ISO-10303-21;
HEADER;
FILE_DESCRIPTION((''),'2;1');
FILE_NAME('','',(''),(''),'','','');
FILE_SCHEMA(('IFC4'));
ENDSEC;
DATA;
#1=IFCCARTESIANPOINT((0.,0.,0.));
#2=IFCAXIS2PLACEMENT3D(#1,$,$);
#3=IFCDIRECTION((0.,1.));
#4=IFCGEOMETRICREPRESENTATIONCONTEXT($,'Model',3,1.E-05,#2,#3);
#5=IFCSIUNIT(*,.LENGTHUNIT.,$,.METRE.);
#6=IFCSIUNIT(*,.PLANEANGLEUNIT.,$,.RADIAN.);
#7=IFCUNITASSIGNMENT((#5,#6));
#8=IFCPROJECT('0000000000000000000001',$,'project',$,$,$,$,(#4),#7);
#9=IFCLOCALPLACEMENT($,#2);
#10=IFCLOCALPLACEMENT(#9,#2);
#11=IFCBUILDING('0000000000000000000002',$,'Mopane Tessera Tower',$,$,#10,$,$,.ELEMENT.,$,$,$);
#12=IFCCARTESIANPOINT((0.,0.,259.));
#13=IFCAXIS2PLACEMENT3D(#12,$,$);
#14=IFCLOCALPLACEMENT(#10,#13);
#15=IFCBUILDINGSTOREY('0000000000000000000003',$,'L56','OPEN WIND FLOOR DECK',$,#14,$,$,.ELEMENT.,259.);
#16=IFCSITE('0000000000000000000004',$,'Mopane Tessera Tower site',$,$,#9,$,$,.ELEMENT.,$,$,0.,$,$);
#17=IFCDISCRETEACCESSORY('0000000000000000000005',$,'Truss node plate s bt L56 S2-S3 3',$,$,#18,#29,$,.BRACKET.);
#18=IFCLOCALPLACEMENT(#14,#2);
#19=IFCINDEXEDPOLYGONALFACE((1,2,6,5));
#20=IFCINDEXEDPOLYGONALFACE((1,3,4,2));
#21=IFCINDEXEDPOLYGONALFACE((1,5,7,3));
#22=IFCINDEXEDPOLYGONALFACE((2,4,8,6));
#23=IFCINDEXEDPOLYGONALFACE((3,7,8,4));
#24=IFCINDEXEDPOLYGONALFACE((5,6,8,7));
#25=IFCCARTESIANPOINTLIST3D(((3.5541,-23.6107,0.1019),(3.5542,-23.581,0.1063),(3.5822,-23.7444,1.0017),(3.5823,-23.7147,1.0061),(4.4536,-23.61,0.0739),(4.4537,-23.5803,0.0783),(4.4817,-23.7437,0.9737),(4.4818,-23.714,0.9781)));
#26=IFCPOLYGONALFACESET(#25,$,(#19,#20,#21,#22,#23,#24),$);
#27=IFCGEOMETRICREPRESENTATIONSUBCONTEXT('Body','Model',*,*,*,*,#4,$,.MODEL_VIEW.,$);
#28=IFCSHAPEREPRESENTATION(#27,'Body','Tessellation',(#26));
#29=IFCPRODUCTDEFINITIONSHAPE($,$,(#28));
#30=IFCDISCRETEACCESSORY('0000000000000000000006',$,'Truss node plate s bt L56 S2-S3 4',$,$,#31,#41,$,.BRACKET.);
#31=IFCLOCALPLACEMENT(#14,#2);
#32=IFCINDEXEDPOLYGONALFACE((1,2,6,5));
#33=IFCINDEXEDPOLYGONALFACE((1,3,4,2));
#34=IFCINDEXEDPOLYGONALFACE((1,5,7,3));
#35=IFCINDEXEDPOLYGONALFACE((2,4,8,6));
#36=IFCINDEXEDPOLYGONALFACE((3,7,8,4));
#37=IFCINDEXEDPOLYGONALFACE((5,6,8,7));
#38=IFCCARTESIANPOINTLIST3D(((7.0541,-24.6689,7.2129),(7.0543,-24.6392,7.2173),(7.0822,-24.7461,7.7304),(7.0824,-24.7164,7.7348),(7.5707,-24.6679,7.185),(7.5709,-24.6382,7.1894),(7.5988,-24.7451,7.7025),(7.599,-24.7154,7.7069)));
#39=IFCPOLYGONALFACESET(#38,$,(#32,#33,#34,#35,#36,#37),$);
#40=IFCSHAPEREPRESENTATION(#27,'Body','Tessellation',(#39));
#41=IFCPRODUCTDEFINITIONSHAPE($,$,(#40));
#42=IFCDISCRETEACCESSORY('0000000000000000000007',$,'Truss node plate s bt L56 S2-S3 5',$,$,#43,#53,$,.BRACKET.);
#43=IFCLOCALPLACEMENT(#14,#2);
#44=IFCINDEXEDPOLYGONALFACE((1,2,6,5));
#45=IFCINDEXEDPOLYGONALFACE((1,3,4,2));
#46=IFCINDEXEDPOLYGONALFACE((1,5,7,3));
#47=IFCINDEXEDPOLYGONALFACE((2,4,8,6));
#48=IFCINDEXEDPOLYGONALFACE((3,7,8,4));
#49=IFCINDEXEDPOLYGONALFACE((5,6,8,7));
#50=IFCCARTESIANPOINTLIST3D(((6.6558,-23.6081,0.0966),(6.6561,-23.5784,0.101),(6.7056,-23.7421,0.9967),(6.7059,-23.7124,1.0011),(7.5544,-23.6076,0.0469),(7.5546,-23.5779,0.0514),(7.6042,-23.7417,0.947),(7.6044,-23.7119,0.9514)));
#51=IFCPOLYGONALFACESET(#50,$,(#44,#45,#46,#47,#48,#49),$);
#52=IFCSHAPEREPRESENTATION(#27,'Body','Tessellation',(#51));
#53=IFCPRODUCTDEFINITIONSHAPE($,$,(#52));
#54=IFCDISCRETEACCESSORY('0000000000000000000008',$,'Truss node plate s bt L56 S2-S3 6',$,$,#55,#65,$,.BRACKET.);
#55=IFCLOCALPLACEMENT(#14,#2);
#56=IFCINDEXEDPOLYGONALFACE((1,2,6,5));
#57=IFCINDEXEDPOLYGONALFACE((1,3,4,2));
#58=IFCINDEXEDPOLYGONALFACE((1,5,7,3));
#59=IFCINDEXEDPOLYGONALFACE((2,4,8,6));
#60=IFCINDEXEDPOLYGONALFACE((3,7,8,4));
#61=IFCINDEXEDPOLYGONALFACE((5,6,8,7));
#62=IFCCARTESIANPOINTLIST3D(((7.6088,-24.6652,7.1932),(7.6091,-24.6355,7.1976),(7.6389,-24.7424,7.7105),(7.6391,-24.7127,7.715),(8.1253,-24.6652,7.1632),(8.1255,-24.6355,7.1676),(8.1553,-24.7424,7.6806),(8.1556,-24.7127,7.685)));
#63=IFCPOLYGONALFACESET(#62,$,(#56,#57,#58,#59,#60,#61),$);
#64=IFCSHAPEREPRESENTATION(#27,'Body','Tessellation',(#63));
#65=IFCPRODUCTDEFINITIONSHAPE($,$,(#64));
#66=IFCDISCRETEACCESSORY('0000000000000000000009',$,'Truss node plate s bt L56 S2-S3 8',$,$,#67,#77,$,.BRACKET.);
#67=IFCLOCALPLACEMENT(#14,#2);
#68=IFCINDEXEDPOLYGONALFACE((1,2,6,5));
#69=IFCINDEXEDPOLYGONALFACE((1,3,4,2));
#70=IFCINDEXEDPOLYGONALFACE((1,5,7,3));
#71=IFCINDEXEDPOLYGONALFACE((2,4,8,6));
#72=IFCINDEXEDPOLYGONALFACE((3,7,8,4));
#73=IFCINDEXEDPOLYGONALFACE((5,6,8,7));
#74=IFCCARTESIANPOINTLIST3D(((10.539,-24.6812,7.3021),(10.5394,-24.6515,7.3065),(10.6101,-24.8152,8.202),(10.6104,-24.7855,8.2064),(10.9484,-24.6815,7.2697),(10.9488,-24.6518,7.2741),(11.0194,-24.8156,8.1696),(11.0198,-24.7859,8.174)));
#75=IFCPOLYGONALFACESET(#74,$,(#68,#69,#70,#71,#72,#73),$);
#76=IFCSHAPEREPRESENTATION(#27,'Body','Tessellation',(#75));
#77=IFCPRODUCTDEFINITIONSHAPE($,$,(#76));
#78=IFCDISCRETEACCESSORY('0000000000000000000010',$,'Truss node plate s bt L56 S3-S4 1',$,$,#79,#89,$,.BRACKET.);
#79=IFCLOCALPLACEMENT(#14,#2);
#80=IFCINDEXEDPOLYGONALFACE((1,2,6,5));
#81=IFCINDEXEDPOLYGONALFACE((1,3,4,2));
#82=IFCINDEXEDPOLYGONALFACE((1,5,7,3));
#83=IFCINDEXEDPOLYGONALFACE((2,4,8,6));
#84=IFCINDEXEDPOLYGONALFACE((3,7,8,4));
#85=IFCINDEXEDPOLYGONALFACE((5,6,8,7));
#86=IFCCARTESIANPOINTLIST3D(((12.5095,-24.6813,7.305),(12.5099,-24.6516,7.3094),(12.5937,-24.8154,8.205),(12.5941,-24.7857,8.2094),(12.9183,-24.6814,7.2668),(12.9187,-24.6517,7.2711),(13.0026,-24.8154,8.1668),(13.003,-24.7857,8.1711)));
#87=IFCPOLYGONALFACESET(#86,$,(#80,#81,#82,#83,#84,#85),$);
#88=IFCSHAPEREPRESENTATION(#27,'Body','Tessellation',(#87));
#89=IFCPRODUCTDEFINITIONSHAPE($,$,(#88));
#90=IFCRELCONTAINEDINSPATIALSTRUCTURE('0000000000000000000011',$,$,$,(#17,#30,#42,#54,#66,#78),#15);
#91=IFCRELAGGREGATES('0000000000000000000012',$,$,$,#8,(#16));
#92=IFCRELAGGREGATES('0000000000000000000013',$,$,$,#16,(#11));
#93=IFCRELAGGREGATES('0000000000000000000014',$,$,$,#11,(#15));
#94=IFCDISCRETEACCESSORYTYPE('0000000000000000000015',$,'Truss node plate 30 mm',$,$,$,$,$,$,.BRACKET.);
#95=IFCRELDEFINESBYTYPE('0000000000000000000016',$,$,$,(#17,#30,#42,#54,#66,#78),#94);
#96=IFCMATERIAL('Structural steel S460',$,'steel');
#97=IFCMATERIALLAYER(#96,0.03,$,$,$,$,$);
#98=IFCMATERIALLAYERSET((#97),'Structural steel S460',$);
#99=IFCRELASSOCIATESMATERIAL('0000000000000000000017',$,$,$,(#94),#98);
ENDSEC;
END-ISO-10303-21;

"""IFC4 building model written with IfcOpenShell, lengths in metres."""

from ifc_helpers import new_model, si_unit, direction, frame, origin, origin_2d, place, context, subcontext, project, spatial, rectangle, extrude, material, layer, layer_set, type_object, element, save


model = new_model("IFC4")

# Units and contexts
model_context = context("Model", 3, precision=1e-05, world=origin(), true_north=direction((0.0, 1.0)))
body_context = subcontext(model_context, "Body", "Model", "MODEL_VIEW")
ifc_project = project(units=[si_unit("LENGTHUNIT", "METRE"), si_unit("PLANEANGLEUNIT", "RADIAN")], contexts=[model_context])

# Site, building, storey
site_placement = place(None, origin())
site = spatial("IfcSite", under=ifc_project, at=site_placement, Name="Mopane Tessera Tower site", CompositionType="ELEMENT", RefElevation=0.0)
building_placement = place(site_placement, origin())
building = spatial("IfcBuilding", under=site, at=building_placement, Name="Mopane Tessera Tower", CompositionType="ELEMENT")
storey_placement = place(building_placement, frame((0.0, 0.0, 259.0)))
storey = spatial("IfcBuildingStorey", under=building, at=storey_placement, Name="L56", Description="OPEN WIND FLOOR DECK", CompositionType="ELEMENT", Elevation=259.0)

# Discrete accessories
ifc_material_1 = material(Name="Structural steel S460", Category="steel")
ifc_layer = layer(ifc_material_1, 0.03)
ifc_layer_set = layer_set([ifc_layer], Name="Structural steel S460")
discrete_accessory_type = type_object("IfcDiscreteAccessoryType", Name="Truss node plate 30 mm", PredefinedType="BRACKET", material=ifc_layer_set)
for number, where, z_axis, x_axis, name in (
    (1, (4.0039, -23.5955, 0.0901), (0.030845, -0.146984, 0.988658), (0.003782, 0.989138, 0.146938), "Truss node plate s bt L56 S2-S3 3"),
):
    element("IfcDiscreteAccessory", number, at=place(storey_placement, frame(where, z_axis=z_axis, x_axis=x_axis)), inside=storey, type_object=discrete_accessory_type, Name=name, PredefinedType="BRACKET", context=body_context, shape_type="SweptSolid", body=[
        extrude(rectangle(XDim=0.03, YDim=0.8999, at=origin_2d()), origin(), (0.0, 0.0, 1.0), 0.9102),
    ])
discrete_accessory_1_placement = place(storey_placement, frame((7.3125, -24.6536, 7.2012), z_axis=(0.0536, -0.147284, 0.987641), x_axis=(0.006037, 0.989092, 0.147173)))
element("IfcDiscreteAccessory", 2, at=discrete_accessory_1_placement, inside=storey, type_object=discrete_accessory_type, Name="Truss node plate s bt L56 S2-S3 4", PredefinedType="BRACKET", context=body_context, shape_type="SweptSolid", body=[
    extrude(rectangle(XDim=0.03, YDim=0.5173, at=origin_2d()), origin(), (0.0, 0.0, 1.0), 0.5239),
])
discrete_accessory_2_placement = place(storey_placement, frame((7.1052, -23.593, 0.074), z_axis=(0.054644, -0.147058, 0.987617), x_axis=(0.007579, 0.989128, 0.146863)))
element("IfcDiscreteAccessory", 3, at=discrete_accessory_2_placement, inside=storey, type_object=discrete_accessory_type, Name="Truss node plate s bt L56 S2-S3 5", PredefinedType="BRACKET", context=body_context, shape_type="SweptSolid", body=[
    extrude(rectangle(XDim=0.03, YDim=0.8999, at=origin_2d()), origin(), (0.0, 0.0, 1.0), 0.9114),
])
discrete_accessory_3_placement = place(storey_placement, frame((7.8672, -24.6504, 7.1804), z_axis=(0.057317, -0.147253, 0.987437), x_axis=(0.008532, 0.989099, 0.147006)))
element("IfcDiscreteAccessory", 4, at=discrete_accessory_3_placement, inside=storey, type_object=discrete_accessory_type, Name="Truss node plate s bt L56 S2-S3 6", PredefinedType="BRACKET", context=body_context, shape_type="SweptSolid", body=[
    extrude(rectangle(XDim=0.03, YDim=0.5173, at=origin_2d()), origin(), (0.0, 0.0, 1.0), 0.5239),
])
discrete_accessory_4_placement = place(storey_placement, frame((10.7439, -24.6665, 7.2881), z_axis=(0.077849, -0.14687, 0.986088), x_axis=(0.012433, 0.989155, 0.146345)))
element("IfcDiscreteAccessory", 5, at=discrete_accessory_4_placement, inside=storey, type_object=discrete_accessory_type, Name="Truss node plate s bt L56 S2-S3 8", PredefinedType="BRACKET", context=body_context, shape_type="SweptSolid", body=[
    extrude(rectangle(XDim=0.03, YDim=0.4106, at=origin_2d()), origin(), (0.0, 0.0, 1.0), 0.9126),
])
discrete_accessory_5_placement = place(storey_placement, frame((12.7141, -24.6665, 7.2881), z_axis=(0.092182, -0.14669, 0.984878), x_axis=(0.013796, 0.989183, 0.14604)))
element("IfcDiscreteAccessory", 6, at=discrete_accessory_5_placement, inside=storey, type_object=discrete_accessory_type, Name="Truss node plate s bt L56 S3-S4 1", PredefinedType="BRACKET", context=body_context, shape_type="SweptSolid", body=[
    extrude(rectangle(XDim=0.03, YDim=0.4106, at=origin_2d()), origin(), (0.0, 0.0, 1.0), 0.9138),
])

save(model, "model.ifc")
